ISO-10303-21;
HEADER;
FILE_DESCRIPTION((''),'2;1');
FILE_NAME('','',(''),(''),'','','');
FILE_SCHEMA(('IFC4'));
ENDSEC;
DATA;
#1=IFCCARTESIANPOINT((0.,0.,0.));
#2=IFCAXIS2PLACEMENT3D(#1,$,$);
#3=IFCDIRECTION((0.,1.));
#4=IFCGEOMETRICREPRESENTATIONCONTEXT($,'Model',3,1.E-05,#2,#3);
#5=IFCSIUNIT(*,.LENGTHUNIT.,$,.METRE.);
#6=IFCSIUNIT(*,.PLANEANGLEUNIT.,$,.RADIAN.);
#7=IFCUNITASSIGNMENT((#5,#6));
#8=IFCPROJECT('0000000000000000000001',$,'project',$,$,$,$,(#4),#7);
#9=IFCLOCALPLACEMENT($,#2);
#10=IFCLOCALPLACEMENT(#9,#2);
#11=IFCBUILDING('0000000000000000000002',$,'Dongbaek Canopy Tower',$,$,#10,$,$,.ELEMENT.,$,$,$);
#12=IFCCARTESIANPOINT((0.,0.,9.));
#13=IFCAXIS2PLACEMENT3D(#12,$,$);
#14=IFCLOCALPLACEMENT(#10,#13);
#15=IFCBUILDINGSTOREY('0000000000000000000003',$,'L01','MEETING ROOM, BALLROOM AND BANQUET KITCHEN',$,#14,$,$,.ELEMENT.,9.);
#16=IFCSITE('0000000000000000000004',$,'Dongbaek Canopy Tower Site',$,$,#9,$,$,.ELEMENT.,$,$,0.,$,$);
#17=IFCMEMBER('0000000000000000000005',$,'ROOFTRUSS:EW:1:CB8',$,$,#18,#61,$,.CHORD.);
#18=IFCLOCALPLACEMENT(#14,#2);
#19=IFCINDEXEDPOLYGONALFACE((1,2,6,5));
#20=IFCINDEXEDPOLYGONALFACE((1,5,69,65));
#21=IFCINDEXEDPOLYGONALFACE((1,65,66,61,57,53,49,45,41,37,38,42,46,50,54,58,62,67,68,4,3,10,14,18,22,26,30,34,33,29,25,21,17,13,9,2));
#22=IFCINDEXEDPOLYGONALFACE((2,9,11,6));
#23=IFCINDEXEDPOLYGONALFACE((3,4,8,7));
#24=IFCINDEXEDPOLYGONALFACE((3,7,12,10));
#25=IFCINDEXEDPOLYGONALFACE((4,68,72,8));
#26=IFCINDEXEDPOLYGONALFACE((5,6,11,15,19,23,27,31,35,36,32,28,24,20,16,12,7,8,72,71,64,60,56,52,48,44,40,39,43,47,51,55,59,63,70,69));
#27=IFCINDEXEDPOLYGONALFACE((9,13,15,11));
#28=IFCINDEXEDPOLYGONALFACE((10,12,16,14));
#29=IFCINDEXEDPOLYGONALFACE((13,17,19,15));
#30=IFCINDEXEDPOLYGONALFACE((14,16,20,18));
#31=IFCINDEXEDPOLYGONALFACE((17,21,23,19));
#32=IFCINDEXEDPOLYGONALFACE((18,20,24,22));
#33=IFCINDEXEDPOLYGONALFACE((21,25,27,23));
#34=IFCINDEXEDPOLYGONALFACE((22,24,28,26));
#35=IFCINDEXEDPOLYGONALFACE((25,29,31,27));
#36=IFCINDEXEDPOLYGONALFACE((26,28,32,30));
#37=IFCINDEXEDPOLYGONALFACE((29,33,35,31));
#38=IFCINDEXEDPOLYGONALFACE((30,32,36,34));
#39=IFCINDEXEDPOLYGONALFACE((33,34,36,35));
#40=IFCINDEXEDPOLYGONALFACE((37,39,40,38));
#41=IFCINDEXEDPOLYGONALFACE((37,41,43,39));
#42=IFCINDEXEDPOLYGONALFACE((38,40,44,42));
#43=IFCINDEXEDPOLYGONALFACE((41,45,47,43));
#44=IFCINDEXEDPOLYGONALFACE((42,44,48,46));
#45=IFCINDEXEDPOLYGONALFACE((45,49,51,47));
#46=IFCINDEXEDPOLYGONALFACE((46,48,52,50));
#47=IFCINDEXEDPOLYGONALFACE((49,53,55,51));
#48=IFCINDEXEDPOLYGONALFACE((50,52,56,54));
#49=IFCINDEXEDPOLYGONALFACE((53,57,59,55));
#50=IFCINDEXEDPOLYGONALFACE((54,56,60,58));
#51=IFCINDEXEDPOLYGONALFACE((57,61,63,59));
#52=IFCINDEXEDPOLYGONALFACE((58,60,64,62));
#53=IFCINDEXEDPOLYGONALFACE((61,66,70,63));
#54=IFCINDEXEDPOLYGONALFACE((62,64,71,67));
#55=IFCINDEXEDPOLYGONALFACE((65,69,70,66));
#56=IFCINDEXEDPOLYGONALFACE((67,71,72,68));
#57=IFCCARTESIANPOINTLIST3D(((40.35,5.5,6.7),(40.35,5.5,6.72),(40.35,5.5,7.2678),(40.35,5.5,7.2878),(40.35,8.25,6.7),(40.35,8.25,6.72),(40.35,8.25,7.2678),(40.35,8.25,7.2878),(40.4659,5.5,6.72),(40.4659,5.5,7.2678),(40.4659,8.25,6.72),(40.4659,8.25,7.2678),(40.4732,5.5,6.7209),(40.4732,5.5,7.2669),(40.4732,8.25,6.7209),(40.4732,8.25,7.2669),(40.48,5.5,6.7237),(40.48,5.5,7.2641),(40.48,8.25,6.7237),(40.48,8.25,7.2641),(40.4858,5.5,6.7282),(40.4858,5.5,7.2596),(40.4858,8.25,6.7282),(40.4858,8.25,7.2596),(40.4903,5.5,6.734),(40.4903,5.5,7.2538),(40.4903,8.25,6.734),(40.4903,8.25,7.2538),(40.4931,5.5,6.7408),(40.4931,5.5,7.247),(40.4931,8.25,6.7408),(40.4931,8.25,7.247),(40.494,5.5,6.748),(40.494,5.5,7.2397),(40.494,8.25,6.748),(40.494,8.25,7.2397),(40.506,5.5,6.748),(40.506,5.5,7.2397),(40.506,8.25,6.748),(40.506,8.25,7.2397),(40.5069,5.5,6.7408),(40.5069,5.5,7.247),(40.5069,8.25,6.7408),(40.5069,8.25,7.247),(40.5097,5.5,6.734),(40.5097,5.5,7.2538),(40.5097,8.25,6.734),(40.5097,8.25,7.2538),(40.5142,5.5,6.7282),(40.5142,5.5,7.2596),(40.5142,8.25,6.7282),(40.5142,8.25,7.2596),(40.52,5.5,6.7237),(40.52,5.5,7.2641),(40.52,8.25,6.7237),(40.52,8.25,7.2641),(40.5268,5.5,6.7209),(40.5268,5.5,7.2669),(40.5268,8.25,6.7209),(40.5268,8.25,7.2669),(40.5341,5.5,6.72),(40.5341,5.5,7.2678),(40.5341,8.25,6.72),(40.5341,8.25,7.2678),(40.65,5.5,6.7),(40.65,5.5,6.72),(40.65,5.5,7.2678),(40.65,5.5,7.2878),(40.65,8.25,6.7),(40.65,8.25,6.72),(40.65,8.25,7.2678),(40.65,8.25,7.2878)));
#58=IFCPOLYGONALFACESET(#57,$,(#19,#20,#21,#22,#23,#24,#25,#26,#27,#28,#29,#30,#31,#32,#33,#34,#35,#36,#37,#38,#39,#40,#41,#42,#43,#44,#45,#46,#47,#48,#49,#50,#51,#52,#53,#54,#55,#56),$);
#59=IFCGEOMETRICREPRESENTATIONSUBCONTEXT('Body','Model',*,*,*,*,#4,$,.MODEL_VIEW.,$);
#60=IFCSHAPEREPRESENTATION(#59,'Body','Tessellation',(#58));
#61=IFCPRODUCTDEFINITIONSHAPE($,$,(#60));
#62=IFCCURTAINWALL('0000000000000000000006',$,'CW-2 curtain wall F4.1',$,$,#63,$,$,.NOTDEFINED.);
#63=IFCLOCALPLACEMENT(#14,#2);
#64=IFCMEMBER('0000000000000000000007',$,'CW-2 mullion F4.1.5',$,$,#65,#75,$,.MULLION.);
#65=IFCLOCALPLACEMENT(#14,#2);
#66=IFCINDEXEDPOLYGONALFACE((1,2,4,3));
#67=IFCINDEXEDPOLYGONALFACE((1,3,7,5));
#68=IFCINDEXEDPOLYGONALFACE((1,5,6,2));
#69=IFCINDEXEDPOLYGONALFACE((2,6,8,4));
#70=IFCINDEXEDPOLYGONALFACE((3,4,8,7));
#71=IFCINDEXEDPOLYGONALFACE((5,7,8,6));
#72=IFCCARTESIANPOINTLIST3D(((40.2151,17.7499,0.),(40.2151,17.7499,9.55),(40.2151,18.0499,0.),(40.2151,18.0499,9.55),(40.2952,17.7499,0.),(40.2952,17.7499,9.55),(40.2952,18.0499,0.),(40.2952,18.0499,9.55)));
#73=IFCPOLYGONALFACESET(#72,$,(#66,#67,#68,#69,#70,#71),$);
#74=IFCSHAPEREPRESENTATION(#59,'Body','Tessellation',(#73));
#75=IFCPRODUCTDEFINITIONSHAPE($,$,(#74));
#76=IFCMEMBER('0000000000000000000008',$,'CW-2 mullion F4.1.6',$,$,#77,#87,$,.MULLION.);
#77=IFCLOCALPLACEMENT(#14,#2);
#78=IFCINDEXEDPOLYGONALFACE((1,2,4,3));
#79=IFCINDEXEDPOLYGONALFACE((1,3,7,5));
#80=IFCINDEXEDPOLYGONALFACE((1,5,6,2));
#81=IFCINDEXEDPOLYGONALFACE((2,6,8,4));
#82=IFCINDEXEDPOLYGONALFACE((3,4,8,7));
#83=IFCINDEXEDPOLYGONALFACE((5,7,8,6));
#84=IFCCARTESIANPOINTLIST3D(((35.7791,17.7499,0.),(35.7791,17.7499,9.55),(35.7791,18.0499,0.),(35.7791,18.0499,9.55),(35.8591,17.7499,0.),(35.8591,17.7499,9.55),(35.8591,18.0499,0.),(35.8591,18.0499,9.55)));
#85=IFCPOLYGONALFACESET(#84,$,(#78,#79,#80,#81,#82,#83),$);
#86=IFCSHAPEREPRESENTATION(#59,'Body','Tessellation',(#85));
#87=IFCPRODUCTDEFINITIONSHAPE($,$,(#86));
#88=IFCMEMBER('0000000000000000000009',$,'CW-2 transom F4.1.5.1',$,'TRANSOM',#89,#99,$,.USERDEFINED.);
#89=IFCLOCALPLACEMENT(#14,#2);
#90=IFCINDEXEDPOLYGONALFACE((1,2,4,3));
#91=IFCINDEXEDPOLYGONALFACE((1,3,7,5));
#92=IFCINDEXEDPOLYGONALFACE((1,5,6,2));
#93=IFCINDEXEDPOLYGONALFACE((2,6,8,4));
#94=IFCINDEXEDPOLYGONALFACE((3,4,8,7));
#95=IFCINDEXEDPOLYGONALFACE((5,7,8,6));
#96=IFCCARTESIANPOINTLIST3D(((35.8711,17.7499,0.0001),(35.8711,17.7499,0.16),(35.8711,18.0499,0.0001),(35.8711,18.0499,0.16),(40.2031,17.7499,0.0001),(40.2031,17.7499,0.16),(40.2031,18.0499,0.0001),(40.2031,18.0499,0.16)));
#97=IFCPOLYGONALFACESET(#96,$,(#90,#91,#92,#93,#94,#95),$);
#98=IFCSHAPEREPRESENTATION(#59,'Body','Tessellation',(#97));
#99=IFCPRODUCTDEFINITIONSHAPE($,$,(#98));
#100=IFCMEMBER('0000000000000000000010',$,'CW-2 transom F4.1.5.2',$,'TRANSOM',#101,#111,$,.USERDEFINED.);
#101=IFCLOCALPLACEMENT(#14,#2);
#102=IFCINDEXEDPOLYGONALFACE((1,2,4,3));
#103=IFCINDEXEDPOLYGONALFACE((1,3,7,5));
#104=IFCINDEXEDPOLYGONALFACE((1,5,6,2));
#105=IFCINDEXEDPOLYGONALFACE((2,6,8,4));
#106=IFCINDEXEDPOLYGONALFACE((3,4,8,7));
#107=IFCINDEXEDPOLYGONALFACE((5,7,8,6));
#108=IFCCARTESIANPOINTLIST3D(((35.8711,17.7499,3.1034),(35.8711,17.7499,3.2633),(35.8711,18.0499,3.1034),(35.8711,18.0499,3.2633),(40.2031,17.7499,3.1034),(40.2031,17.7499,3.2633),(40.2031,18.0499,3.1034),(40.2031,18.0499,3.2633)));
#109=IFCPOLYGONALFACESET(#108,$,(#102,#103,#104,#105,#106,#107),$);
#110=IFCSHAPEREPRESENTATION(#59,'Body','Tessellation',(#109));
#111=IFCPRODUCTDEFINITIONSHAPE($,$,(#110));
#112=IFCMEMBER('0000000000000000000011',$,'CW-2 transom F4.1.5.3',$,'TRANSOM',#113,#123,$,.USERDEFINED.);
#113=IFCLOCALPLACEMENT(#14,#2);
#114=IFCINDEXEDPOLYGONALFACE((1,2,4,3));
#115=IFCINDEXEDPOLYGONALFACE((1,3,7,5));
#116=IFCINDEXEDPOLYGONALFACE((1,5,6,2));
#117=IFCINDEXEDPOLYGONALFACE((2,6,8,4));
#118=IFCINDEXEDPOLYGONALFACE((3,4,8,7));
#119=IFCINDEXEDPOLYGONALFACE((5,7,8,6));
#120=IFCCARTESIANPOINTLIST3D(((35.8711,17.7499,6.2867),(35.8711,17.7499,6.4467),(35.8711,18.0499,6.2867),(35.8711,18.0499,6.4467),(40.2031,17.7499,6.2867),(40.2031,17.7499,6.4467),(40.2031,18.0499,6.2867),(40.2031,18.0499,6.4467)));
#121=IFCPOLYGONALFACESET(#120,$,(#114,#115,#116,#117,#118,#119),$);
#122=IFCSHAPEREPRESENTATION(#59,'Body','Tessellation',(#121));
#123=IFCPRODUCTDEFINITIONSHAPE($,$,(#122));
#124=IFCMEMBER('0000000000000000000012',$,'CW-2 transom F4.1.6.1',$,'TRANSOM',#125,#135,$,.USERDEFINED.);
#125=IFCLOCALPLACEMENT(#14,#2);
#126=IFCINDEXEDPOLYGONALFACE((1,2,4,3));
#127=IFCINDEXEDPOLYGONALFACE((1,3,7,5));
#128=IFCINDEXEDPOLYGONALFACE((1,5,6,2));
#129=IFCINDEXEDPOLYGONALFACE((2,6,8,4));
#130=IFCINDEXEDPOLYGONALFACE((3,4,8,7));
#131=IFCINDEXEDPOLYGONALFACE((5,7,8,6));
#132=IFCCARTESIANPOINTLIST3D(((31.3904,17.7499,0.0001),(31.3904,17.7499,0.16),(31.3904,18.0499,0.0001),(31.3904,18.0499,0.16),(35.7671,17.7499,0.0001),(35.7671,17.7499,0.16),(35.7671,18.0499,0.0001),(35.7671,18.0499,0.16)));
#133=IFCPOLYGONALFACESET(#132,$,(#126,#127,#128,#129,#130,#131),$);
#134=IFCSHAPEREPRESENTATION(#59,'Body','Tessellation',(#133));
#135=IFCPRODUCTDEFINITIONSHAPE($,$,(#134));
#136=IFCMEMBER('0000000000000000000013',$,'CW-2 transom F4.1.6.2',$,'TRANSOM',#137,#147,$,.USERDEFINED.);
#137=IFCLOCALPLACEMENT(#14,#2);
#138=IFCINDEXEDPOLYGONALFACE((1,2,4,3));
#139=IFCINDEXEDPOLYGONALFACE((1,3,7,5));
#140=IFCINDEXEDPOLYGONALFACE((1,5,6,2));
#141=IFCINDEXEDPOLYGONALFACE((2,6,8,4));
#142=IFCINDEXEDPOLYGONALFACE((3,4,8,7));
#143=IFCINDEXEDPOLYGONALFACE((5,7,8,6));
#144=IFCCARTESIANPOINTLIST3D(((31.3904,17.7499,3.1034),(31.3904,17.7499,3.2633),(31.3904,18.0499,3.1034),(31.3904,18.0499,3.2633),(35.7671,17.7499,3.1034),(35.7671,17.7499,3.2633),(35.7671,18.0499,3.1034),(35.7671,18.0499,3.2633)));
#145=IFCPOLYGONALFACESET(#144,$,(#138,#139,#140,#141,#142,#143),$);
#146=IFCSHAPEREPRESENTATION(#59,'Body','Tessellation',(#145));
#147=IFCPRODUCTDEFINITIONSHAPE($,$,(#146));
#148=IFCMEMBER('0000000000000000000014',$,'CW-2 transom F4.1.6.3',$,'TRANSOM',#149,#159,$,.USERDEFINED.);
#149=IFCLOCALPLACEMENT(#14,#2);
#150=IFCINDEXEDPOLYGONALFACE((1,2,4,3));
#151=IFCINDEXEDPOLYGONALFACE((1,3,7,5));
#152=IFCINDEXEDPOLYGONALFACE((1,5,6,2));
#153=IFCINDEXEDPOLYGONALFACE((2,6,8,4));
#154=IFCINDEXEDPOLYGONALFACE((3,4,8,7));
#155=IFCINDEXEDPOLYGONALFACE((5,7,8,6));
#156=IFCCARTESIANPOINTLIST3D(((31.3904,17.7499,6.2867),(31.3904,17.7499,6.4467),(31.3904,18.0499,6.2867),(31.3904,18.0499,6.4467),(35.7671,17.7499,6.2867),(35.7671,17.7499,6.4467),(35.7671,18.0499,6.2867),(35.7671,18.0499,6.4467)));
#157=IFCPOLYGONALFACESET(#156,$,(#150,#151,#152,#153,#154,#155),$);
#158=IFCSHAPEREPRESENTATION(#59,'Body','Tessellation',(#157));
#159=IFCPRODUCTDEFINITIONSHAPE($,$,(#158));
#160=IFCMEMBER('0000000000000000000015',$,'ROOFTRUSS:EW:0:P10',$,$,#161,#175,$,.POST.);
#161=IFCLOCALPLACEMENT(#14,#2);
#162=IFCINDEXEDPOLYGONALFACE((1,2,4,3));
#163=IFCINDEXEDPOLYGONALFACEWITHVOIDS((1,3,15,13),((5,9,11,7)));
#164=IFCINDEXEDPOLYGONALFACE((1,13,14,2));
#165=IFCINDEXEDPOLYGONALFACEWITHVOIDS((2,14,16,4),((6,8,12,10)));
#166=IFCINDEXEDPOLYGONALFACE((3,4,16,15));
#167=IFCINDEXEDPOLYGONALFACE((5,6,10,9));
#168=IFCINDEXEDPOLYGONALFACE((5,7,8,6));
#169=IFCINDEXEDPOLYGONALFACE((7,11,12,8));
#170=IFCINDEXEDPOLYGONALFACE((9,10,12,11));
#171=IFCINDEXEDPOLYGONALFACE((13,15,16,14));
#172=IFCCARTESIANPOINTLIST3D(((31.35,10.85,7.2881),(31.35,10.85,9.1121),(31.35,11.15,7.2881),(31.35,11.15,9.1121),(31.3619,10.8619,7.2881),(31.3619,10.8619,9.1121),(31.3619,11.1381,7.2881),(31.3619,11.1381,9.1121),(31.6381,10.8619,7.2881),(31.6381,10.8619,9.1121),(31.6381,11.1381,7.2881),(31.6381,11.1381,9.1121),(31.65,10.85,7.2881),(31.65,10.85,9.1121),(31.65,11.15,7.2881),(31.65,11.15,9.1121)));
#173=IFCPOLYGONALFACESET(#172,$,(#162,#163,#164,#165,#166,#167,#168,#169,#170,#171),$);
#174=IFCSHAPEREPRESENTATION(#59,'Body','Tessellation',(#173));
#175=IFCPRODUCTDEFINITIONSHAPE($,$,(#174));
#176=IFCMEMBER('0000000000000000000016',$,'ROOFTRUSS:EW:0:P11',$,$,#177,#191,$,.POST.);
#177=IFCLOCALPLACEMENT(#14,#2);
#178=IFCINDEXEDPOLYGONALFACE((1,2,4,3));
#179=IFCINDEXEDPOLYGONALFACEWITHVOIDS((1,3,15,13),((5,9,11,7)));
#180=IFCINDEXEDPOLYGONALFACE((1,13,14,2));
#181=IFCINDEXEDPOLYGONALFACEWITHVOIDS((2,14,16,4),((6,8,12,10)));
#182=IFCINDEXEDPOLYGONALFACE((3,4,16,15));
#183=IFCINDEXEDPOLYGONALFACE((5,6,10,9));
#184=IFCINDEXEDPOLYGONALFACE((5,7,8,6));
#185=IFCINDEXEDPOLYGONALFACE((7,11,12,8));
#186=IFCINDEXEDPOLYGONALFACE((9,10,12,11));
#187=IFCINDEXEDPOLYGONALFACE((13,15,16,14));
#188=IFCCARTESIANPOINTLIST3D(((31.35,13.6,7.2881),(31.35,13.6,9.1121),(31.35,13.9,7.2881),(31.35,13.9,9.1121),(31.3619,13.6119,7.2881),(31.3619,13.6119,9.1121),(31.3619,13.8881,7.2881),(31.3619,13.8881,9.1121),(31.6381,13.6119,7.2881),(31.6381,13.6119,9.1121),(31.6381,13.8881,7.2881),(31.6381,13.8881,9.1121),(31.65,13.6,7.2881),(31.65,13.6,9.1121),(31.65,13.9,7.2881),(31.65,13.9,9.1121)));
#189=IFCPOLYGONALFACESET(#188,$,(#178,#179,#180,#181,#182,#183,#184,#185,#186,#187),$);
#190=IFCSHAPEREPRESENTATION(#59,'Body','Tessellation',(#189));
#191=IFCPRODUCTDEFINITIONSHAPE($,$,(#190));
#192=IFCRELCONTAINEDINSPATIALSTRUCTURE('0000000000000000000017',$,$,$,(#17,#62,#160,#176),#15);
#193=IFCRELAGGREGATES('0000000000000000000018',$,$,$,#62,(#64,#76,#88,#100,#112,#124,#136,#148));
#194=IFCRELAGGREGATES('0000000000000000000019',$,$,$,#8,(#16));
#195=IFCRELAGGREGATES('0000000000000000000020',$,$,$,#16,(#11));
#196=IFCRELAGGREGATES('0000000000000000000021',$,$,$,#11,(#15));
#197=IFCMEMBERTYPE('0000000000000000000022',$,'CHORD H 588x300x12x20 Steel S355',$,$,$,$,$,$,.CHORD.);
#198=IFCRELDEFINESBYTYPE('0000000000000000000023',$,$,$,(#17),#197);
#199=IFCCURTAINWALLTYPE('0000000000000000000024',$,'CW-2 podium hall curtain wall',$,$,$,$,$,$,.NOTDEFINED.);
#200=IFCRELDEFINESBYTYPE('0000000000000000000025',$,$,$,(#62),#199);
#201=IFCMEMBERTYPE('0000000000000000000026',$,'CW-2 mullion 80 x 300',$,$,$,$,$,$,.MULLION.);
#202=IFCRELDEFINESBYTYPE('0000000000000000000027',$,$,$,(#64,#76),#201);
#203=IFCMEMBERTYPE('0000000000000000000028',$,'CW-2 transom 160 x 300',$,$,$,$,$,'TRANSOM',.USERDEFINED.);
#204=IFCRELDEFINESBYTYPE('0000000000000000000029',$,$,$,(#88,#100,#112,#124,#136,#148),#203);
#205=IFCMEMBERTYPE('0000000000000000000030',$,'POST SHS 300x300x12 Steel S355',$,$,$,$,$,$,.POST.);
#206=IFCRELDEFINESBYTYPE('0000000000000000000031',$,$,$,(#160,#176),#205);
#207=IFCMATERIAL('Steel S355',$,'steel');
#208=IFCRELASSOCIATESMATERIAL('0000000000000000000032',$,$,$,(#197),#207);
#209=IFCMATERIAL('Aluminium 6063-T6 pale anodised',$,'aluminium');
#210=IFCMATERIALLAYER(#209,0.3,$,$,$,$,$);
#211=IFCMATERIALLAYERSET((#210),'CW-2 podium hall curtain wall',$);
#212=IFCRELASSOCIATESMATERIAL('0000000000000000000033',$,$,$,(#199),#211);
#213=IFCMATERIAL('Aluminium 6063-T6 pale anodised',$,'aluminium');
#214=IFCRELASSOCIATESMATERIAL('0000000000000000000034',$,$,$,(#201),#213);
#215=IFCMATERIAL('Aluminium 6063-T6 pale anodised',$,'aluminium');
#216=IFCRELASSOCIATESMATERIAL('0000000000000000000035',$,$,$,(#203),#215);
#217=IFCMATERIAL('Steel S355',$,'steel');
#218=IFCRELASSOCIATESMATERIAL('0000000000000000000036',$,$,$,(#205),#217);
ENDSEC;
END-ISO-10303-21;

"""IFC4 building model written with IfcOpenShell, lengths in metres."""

from ifc_helpers import new_model, si_unit, direction, frame, origin, origin_2d, place, context, subcontext, project, spatial, rectangle, hollow_rectangle, i_section, extrude, material, layer, layer_set, material_profile, profile_set, type_object, element, aggregate, save


model = new_model("IFC4")

# Units and contexts
model_context = context("Model", 3, precision=1e-05, world=origin(), true_north=direction((0.0, 1.0)))
body_context = subcontext(model_context, "Body", "Model", "MODEL_VIEW")
ifc_project = project(units=[si_unit("LENGTHUNIT", "METRE"), si_unit("PLANEANGLEUNIT", "RADIAN")], contexts=[model_context])

# Site, building, storey
site_placement = place(None, origin())
site = spatial("IfcSite", under=ifc_project, at=site_placement, Name="Dongbaek Canopy Tower Site", CompositionType="ELEMENT", RefElevation=0.0)
building_placement = place(site_placement, origin())
building = spatial("IfcBuilding", under=site, at=building_placement, Name="Dongbaek Canopy Tower", CompositionType="ELEMENT")
storey_placement = place(building_placement, frame((0.0, 0.0, 9.0)))
storey = spatial("IfcBuildingStorey", under=building, at=storey_placement, Name="L01", Description="MEETING ROOM, BALLROOM AND BANQUET KITCHEN", CompositionType="ELEMENT", Elevation=9.0)

# Member
ifc_material_1 = material(Name="Steel S355", Category="steel")
ifc_material_profile_1 = material_profile(ifc_material_1, i_section(OverallWidth=0.3, OverallDepth=0.5879, WebThickness=0.012, FlangeThickness=0.02, FilletRadius=0.0281, at=origin_2d()), Name="CHORD H 588x300x12x20 Steel S355")
ifc_profile_set_1 = profile_set([ifc_material_profile_1], Name="Steel S355")
member_type_1 = type_object("IfcMemberType", Name="CHORD H 588x300x12x20 Steel S355", PredefinedType="CHORD", material=ifc_profile_set_1)
for number, where, z_axis, x_axis, name in (
    (1, (40.5, 5.5, 6.9939), (0.0, 1.0, 0.0), (-1.0, 0.0, 0.0), "ROOFTRUSS:EW:1:CB8"),
):
    element("IfcMember", number, at=place(storey_placement, frame(where, z_axis=z_axis, x_axis=x_axis)), inside=storey, type_object=member_type_1, Name=name, PredefinedType="CHORD", context=body_context, shape_type="SweptSolid", body=[
        extrude(i_section(OverallWidth=0.3, OverallDepth=0.5879, WebThickness=0.012, FlangeThickness=0.02, FilletRadius=0.0281, at=origin_2d()), origin(), (0.0, 0.0, 1.0), 2.75),
    ])

# Curtain wall, members
ifc_material_2 = material(Name="Aluminium 6063-T6 pale anodised", Category="aluminium")
ifc_layer_1 = layer(ifc_material_2, 0.3)
ifc_layer_set_1 = layer_set([ifc_layer_1], Name="CW-2 podium hall curtain wall")
curtain_wall_type = type_object("IfcCurtainWallType", Name="CW-2 podium hall curtain wall", PredefinedType="NOTDEFINED", material=ifc_layer_set_1)
curtain_wall_placement = place(storey_placement, origin())
curtain_wall = element("IfcCurtainWall", 2, at=curtain_wall_placement, inside=storey, type_object=curtain_wall_type, Name="CW-2 curtain wall F4.1", PredefinedType="NOTDEFINED")
ifc_material_3 = material(Name="Aluminium 6063-T6 pale anodised", Category="aluminium")
ifc_material_profile_2 = material_profile(ifc_material_3, rectangle(XDim=0.3, YDim=0.0801, at=origin_2d()), Name="CW-2 mullion 80 x 300")
ifc_profile_set_2 = profile_set([ifc_material_profile_2], Name="Aluminium 6063-T6 pale anodised")
member_type_2 = type_object("IfcMemberType", Name="CW-2 mullion 80 x 300", PredefinedType="MULLION", material=ifc_profile_set_2)
member_1_placement = place(storey_placement, frame((40.2551, 17.8999, 0.0), z_axis=(0.0, 0.0, 1.0), x_axis=(0.0, 1.0, 0.0)))
member_1 = element("IfcMember", 3, at=member_1_placement, type_object=member_type_2, Name="CW-2 mullion F4.1.5", PredefinedType="MULLION", context=body_context, shape_type="SweptSolid", body=[
    extrude(rectangle(XDim=0.3, YDim=0.0801, at=origin_2d()), origin(), (0.0, 0.0, 1.0), 9.55),
])
member_2_placement = place(storey_placement, frame((35.8191, 17.8999, 0.0), z_axis=(0.0, 0.0, 1.0), x_axis=(0.0, 1.0, 0.0)))
member_2 = element("IfcMember", 4, at=member_2_placement, type_object=member_type_2, Name="CW-2 mullion F4.1.6", PredefinedType="MULLION", context=body_context, shape_type="SweptSolid", body=[
    extrude(rectangle(XDim=0.3, YDim=0.0801, at=origin_2d()), origin(), (0.0, 0.0, 1.0), 9.55),
])
ifc_material_4 = material(Name="Aluminium 6063-T6 pale anodised", Category="aluminium")
ifc_material_profile_3 = material_profile(ifc_material_4, rectangle(XDim=0.3, YDim=0.1599, at=origin_2d()), Name="CW-2 transom 160 x 300")
ifc_profile_set_3 = profile_set([ifc_material_profile_3], Name="Aluminium 6063-T6 pale anodised")
member_type_3 = type_object("IfcMemberType", Name="CW-2 transom 160 x 300", ElementType="TRANSOM", PredefinedType="USERDEFINED", material=ifc_profile_set_3)
member_3_placement = place(storey_placement, frame((40.2031, 17.8999, 0.0801), z_axis=(-1.0, 0.0, 0.0), x_axis=(0.0, -1.0, 0.0)))
member_3 = element("IfcMember", 5, at=member_3_placement, type_object=member_type_3, Name="CW-2 transom F4.1.5.1", ObjectType="TRANSOM", PredefinedType="USERDEFINED", context=body_context, shape_type="SweptSolid", body=[
    extrude(rectangle(XDim=0.3, YDim=0.1599, at=origin_2d()), origin(), (0.0, 0.0, 1.0), 4.332),
])
member_4_placement = place(storey_placement, frame((40.2031, 17.8999, 3.1833), z_axis=(-1.0, 0.0, 0.0), x_axis=(0.0, -1.0, 0.0)))
member_4 = element("IfcMember", 6, at=member_4_placement, type_object=member_type_3, Name="CW-2 transom F4.1.5.2", ObjectType="TRANSOM", PredefinedType="USERDEFINED", context=body_context, shape_type="SweptSolid", body=[
    extrude(rectangle(XDim=0.3, YDim=0.1599, at=origin_2d()), origin(), (0.0, 0.0, 1.0), 4.332),
])
member_5_placement = place(storey_placement, frame((40.2031, 17.8999, 6.3667), z_axis=(-1.0, 0.0, 0.0), x_axis=(0.0, -1.0, 0.0)))
member_5 = element("IfcMember", 7, at=member_5_placement, type_object=member_type_3, Name="CW-2 transom F4.1.5.3", ObjectType="TRANSOM", PredefinedType="USERDEFINED", context=body_context, shape_type="SweptSolid", body=[
    extrude(rectangle(XDim=0.3, YDim=0.1599, at=origin_2d()), origin(), (0.0, 0.0, 1.0), 4.332),
])
member_6_placement = place(storey_placement, frame((35.7671, 17.8999, 0.0801), z_axis=(-1.0, 0.0, 0.0), x_axis=(0.0, -1.0, 0.0)))
member_6 = element("IfcMember", 8, at=member_6_placement, type_object=member_type_3, Name="CW-2 transom F4.1.6.1", ObjectType="TRANSOM", PredefinedType="USERDEFINED", context=body_context, shape_type="SweptSolid", body=[
    extrude(rectangle(XDim=0.3, YDim=0.1599, at=origin_2d()), origin(), (0.0, 0.0, 1.0), 4.3767),
])
member_7_placement = place(storey_placement, frame((35.7671, 17.8999, 3.1833), z_axis=(-1.0, 0.0, 0.0), x_axis=(0.0, -1.0, 0.0)))
member_7 = element("IfcMember", 9, at=member_7_placement, type_object=member_type_3, Name="CW-2 transom F4.1.6.2", ObjectType="TRANSOM", PredefinedType="USERDEFINED", context=body_context, shape_type="SweptSolid", body=[
    extrude(rectangle(XDim=0.3, YDim=0.1599, at=origin_2d()), origin(), (0.0, 0.0, 1.0), 4.3767),
])
member_8_placement = place(storey_placement, frame((35.7671, 17.8999, 6.3667), z_axis=(-1.0, 0.0, 0.0), x_axis=(0.0, -1.0, 0.0)))
member_8 = element("IfcMember", 10, at=member_8_placement, type_object=member_type_3, Name="CW-2 transom F4.1.6.3", ObjectType="TRANSOM", PredefinedType="USERDEFINED", context=body_context, shape_type="SweptSolid", body=[
    extrude(rectangle(XDim=0.3, YDim=0.1599, at=origin_2d()), origin(), (0.0, 0.0, 1.0), 4.3767),
])

# Members
ifc_material_5 = material(Name="Steel S355", Category="steel")
ifc_material_profile_4 = material_profile(ifc_material_5, hollow_rectangle(XDim=0.3, YDim=0.3, WallThickness=0.012, at=origin_2d()), Name="POST SHS 300x300x12 Steel S355")
ifc_profile_set_4 = profile_set([ifc_material_profile_4], Name="Steel S355")
member_type_4 = type_object("IfcMemberType", Name="POST SHS 300x300x12 Steel S355", PredefinedType="POST", material=ifc_profile_set_4)
for number, where, z_axis, x_axis, name in (
    (11, (31.5, 11.0, 7.2881), (0.0, 0.0, 1.0), (1.0, 0.0, 0.0), "ROOFTRUSS:EW:0:P10"),
    (12, (31.5, 13.75, 7.2881), (0.0, 0.0, 1.0), (1.0, 0.0, 0.0), "ROOFTRUSS:EW:0:P11"),
):
    element("IfcMember", number, at=place(storey_placement, frame(where, z_axis=z_axis, x_axis=x_axis)), inside=storey, type_object=member_type_4, Name=name, PredefinedType="POST", context=body_context, shape_type="SweptSolid", body=[
        extrude(hollow_rectangle(XDim=0.3, YDim=0.3, WallThickness=0.012, at=origin_2d()), origin(), (0.0, 0.0, 1.0), 1.824),
    ])

aggregate(curtain_wall, [member_1, member_2, member_3, member_4, member_5, member_6, member_7, member_8])

save(model, "model.ifc")
